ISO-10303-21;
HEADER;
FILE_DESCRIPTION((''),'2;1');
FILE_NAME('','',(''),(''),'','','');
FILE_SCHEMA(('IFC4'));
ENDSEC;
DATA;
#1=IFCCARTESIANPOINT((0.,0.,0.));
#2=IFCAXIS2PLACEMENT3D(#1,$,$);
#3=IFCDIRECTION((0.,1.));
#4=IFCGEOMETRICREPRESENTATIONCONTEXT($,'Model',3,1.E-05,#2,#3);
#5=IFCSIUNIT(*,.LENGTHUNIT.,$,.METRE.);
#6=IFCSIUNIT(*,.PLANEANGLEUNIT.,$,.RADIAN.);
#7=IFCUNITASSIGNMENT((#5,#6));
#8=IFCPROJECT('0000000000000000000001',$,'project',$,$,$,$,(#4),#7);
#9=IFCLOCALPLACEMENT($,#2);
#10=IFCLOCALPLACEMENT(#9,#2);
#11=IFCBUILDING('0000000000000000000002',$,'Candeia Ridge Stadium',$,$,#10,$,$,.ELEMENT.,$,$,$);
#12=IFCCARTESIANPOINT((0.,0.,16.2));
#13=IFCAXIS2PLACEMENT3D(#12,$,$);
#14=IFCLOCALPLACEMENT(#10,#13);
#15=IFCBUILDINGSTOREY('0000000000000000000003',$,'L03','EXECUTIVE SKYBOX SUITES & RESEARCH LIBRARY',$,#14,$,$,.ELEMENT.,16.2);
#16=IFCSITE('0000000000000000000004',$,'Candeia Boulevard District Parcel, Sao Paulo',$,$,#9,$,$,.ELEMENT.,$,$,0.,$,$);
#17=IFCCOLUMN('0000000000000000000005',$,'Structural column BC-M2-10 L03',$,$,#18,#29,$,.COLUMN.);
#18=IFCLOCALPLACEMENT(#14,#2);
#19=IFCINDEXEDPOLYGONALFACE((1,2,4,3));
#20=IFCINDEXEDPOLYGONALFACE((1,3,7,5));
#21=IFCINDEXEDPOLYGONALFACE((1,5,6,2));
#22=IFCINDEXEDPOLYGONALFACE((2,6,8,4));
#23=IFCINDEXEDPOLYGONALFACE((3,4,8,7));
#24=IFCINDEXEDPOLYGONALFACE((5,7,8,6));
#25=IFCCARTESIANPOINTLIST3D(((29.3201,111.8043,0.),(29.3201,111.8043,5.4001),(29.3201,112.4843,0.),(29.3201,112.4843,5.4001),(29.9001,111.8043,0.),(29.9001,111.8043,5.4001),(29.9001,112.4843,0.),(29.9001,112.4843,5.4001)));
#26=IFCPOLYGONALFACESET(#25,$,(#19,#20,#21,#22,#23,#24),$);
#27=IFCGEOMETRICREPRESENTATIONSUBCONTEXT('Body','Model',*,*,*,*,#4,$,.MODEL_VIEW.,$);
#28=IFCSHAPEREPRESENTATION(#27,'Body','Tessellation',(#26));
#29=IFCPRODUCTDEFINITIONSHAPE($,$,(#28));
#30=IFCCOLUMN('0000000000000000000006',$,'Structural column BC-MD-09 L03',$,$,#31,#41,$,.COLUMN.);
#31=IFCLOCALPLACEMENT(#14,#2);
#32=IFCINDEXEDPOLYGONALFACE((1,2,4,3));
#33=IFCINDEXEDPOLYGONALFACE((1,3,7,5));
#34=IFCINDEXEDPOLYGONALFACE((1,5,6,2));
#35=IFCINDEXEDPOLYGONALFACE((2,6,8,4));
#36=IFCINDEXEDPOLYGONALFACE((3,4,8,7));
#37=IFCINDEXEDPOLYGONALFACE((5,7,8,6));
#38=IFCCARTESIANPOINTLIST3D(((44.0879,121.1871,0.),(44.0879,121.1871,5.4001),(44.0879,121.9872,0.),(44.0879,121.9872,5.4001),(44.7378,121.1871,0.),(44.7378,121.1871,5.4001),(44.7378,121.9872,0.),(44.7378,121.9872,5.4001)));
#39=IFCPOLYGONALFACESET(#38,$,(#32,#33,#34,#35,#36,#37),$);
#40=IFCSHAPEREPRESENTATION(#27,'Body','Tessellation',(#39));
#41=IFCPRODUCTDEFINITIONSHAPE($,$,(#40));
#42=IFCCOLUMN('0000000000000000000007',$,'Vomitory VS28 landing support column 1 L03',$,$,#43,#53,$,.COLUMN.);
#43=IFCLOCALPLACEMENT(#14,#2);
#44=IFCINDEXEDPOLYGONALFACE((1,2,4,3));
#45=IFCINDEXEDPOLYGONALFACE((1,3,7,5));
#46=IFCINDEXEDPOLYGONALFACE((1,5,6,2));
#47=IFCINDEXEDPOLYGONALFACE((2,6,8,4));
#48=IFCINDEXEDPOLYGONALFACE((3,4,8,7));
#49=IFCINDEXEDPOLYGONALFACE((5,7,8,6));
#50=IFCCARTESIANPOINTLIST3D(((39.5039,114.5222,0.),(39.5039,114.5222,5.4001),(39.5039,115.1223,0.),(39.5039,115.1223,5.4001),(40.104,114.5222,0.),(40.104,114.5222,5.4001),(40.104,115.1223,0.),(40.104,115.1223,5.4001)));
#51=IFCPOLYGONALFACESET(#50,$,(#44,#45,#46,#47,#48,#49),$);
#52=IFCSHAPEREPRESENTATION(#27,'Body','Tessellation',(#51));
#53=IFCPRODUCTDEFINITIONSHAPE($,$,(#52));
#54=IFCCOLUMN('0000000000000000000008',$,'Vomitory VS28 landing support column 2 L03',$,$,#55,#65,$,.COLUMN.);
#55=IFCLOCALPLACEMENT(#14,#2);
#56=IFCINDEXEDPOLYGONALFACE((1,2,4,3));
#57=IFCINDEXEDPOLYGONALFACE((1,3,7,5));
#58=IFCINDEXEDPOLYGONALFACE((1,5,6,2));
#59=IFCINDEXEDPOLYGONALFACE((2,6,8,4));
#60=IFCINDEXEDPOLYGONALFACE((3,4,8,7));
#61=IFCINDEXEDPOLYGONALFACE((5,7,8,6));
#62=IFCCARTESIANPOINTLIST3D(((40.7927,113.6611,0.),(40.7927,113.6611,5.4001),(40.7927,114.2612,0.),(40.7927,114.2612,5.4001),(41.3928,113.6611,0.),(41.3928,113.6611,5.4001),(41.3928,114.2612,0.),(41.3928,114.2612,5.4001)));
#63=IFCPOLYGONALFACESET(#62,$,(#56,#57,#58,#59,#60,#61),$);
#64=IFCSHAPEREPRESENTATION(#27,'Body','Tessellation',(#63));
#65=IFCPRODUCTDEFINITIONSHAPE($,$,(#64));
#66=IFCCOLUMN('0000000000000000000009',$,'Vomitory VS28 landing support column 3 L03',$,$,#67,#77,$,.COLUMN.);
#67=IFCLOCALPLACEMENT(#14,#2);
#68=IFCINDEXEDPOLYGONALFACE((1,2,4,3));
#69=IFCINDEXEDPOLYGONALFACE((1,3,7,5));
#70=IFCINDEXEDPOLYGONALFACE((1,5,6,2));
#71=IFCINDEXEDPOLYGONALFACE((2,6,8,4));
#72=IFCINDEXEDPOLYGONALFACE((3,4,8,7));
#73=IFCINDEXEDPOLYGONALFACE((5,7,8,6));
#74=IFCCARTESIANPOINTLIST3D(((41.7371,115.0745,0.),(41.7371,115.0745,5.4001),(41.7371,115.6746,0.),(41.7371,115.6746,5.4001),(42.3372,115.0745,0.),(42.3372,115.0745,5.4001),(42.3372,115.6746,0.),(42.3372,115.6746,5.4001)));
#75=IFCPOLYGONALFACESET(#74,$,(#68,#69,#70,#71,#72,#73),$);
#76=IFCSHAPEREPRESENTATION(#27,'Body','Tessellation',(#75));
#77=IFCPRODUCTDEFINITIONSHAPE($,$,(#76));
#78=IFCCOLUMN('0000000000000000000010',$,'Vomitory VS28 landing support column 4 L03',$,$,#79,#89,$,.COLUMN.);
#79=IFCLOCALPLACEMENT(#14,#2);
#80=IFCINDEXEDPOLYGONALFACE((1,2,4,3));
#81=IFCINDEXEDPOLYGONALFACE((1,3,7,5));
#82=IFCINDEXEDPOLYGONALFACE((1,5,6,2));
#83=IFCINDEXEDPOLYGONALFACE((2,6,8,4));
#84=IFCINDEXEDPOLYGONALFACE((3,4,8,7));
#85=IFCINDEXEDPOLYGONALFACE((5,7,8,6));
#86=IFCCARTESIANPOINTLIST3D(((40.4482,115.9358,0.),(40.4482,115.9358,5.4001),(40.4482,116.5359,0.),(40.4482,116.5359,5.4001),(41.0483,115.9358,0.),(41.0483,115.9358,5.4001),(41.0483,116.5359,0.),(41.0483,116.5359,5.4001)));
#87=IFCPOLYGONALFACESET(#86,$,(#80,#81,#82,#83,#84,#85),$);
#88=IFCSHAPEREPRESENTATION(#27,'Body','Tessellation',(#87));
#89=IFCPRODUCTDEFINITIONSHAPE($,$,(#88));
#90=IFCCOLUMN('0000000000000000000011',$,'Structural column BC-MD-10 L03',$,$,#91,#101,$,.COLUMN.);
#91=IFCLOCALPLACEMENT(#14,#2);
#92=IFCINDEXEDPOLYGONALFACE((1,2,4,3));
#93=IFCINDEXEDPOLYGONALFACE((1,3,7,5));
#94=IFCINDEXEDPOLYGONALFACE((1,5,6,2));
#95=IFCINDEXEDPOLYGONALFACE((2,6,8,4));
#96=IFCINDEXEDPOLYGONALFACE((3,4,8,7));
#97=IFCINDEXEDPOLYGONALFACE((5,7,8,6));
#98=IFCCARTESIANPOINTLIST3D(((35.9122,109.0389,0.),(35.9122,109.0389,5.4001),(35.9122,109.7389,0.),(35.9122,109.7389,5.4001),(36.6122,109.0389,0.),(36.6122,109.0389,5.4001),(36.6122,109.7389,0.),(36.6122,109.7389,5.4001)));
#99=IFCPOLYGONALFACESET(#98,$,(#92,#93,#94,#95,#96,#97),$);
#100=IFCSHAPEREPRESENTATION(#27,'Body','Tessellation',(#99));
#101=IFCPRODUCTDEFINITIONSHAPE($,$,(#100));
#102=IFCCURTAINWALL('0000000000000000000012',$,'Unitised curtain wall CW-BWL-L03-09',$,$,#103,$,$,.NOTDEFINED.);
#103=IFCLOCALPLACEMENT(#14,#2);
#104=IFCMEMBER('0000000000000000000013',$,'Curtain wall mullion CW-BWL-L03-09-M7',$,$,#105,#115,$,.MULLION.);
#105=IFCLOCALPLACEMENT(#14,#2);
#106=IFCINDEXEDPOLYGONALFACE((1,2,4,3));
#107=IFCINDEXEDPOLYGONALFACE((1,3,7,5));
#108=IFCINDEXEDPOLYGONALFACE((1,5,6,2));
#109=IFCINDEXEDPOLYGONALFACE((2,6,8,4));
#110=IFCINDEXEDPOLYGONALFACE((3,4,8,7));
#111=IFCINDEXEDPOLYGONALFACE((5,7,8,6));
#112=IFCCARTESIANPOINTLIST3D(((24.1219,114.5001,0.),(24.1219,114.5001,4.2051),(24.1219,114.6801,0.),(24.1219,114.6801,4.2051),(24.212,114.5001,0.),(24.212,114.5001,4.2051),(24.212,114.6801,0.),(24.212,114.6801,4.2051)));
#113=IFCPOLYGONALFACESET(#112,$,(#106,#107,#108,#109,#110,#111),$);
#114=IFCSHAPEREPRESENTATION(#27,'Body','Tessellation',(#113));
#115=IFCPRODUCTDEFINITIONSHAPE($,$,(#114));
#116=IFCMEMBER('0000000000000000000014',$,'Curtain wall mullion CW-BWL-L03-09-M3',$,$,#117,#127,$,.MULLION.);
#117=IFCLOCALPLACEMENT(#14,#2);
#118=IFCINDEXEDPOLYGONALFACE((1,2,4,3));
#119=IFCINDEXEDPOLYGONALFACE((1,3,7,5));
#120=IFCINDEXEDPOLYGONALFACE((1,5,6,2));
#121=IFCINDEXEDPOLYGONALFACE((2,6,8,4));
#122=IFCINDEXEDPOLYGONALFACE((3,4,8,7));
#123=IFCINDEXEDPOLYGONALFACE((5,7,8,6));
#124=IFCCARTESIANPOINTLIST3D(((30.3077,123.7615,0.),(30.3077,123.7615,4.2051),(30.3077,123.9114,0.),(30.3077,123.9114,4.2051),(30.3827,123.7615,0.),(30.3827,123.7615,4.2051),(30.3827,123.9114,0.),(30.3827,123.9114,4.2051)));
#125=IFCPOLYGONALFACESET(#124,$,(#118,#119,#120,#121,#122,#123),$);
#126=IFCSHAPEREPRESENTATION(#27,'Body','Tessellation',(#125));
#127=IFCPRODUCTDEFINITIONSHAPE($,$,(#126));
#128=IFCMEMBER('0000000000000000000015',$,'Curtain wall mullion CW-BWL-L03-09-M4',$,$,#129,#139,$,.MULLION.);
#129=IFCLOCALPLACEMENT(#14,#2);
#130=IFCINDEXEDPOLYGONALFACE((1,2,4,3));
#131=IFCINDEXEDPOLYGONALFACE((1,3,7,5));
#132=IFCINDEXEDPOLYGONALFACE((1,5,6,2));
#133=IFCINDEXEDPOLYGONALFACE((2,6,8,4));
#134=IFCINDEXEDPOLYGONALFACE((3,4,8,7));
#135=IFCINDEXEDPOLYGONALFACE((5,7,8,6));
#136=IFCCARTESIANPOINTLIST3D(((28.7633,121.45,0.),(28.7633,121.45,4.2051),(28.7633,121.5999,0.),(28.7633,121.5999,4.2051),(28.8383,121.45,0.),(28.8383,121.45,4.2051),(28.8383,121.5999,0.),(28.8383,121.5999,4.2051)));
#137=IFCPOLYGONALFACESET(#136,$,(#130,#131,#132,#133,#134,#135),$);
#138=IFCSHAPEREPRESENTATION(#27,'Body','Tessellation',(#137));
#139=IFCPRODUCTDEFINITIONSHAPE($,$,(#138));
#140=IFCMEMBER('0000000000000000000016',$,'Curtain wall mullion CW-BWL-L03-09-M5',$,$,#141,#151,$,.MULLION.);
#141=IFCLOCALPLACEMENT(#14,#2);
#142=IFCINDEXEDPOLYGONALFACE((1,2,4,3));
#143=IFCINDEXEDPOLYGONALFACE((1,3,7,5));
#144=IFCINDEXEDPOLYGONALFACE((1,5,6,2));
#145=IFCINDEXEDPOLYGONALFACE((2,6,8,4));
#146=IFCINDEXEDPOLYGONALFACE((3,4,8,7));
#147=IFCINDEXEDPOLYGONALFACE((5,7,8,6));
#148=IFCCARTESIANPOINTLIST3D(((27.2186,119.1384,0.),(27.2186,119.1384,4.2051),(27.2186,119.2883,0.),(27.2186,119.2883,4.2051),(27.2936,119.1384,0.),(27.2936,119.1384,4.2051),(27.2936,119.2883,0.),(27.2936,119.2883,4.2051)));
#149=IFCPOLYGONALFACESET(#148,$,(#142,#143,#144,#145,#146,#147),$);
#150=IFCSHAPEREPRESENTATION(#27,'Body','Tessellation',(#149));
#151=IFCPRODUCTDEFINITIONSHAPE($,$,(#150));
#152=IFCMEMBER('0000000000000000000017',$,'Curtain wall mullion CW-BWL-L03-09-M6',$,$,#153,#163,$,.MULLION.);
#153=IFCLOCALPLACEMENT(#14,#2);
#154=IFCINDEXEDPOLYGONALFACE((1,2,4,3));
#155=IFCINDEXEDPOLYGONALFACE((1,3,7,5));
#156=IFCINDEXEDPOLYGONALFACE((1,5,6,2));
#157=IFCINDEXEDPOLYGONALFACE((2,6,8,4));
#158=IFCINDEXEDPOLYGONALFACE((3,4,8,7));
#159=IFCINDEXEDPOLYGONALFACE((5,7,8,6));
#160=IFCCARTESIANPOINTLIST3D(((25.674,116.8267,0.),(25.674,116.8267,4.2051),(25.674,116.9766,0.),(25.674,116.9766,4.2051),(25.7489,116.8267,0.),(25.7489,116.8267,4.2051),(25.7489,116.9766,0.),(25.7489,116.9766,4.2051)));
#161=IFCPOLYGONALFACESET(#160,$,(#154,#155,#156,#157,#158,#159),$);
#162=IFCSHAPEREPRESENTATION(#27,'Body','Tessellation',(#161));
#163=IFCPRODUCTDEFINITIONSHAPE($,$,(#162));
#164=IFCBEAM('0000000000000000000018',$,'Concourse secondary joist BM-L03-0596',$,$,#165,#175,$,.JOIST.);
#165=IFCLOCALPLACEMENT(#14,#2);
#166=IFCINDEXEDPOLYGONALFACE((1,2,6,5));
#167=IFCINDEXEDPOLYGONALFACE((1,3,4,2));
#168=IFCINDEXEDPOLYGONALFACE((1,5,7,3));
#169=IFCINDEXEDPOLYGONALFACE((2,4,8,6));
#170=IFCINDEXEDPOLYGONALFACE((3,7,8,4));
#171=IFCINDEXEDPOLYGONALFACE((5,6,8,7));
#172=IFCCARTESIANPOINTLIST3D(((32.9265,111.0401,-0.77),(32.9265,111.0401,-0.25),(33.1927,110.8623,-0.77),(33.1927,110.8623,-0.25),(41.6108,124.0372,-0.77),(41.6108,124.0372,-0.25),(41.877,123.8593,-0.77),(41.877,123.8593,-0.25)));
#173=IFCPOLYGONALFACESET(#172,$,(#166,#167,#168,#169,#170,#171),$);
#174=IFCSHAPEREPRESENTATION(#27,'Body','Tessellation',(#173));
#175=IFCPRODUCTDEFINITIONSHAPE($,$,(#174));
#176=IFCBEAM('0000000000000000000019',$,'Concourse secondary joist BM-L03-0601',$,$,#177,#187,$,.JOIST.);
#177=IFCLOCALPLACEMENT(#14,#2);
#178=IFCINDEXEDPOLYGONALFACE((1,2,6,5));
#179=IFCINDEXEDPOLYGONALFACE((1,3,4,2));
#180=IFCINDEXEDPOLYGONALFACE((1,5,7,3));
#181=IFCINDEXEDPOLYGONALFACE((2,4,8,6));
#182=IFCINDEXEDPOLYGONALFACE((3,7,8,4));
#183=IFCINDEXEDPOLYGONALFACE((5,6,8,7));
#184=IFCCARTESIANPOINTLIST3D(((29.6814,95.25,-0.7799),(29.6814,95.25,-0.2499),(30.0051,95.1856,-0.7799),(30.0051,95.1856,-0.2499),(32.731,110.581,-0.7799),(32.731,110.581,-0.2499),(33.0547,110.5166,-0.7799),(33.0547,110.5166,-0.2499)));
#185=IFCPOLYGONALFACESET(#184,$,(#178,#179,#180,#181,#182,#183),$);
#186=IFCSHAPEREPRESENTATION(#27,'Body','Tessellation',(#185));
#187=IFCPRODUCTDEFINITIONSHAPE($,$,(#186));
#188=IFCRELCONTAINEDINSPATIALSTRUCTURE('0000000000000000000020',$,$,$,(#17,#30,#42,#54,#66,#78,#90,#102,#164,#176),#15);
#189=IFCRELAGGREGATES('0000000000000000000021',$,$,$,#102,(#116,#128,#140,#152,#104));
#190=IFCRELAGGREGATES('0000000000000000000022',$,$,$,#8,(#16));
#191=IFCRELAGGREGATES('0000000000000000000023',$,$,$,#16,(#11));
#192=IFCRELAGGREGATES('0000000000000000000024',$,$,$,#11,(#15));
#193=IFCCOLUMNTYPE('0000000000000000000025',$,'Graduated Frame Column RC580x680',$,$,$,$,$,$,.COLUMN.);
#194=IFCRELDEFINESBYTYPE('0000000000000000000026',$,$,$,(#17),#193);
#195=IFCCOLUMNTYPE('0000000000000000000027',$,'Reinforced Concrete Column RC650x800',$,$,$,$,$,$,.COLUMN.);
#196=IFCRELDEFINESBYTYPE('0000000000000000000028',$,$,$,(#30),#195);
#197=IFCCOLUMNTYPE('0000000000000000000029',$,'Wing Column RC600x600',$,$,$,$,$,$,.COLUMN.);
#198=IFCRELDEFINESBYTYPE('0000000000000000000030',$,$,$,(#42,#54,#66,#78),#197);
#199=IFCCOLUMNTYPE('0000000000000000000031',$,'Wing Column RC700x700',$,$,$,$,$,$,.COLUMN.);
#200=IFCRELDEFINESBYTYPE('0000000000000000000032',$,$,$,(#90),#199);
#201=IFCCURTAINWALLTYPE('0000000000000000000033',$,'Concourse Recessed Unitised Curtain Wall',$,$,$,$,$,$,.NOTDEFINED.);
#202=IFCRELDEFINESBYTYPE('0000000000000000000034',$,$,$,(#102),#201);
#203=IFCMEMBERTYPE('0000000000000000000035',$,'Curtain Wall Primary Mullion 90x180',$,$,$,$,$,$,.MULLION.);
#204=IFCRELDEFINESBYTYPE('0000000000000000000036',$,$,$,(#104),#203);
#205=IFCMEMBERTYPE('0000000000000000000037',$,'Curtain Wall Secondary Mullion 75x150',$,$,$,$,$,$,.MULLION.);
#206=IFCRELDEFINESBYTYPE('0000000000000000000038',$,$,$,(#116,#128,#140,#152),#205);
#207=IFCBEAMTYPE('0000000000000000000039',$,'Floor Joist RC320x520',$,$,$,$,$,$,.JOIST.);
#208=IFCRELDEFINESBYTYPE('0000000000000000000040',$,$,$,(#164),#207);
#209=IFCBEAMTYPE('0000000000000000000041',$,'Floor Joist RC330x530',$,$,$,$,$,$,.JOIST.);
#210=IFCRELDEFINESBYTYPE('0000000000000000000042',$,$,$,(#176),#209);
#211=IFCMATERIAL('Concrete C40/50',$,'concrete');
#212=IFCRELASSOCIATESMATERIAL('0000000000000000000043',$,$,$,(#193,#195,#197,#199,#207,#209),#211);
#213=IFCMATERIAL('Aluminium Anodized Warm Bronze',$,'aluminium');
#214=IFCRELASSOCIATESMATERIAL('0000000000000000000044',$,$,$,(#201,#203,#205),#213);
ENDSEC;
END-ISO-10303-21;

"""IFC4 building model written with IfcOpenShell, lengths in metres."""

from ifc_helpers import new_model, si_unit, direction, frame, origin, origin_2d, place, context, subcontext, project, spatial, rectangle, extrude, material, material_profile, profile_set, type_object, element, aggregate, save


model = new_model("IFC4")

# Units and contexts
model_context = context("Model", 3, precision=1e-05, world=origin(), true_north=direction((0.0, 1.0)))
body_context = subcontext(model_context, "Body", "Model", "MODEL_VIEW")
ifc_project = project(units=[si_unit("LENGTHUNIT", "METRE"), si_unit("PLANEANGLEUNIT", "RADIAN")], contexts=[model_context])

# Site, building, storey
site_placement = place(None, origin())
site = spatial("IfcSite", under=ifc_project, at=site_placement, Name="Candeia Boulevard District Parcel, Sao Paulo", CompositionType="ELEMENT", RefElevation=0.0)
building_placement = place(site_placement, origin())
building = spatial("IfcBuilding", under=site, at=building_placement, Name="Candeia Ridge Stadium", CompositionType="ELEMENT")
storey_placement = place(building_placement, frame((0.0, 0.0, 16.2)))
storey = spatial("IfcBuildingStorey", under=building, at=storey_placement, Name="L03", Description="EXECUTIVE SKYBOX SUITES & RESEARCH LIBRARY", CompositionType="ELEMENT", Elevation=16.2)

# Columns
ifc_material_1 = material(Name="Concrete C40/50", Category="concrete")
ifc_material_profile_1 = material_profile(ifc_material_1, rectangle(XDim=0.5801, YDim=0.6799, at=origin_2d()), Name="RC580x680", Category="concrete")
ifc_profile_set_1 = profile_set([ifc_material_profile_1], Name="Concrete C40/50")
column_type_1 = type_object("IfcColumnType", Name="Graduated Frame Column RC580x680", PredefinedType="COLUMN", material=ifc_profile_set_1)
column_1_placement = place(storey_placement, frame((29.6101, 112.1443, 0.0), z_axis=(0.0, 0.0, 1.0), x_axis=(1.0, 0.0, 0.0)))
element("IfcColumn", 1, at=column_1_placement, inside=storey, type_object=column_type_1, Name="Structural column BC-M2-10 L03", PredefinedType="COLUMN", context=body_context, shape_type="SweptSolid", body=[
    extrude(rectangle(XDim=0.5801, YDim=0.6799, at=origin_2d()), origin(), (0.0, 0.0, 1.0), 5.4001),
])
ifc_material_profile_2 = material_profile(ifc_material_1, rectangle(XDim=0.6499, YDim=0.8, at=origin_2d()), Name="RC650x800", Category="concrete")
ifc_profile_set_2 = profile_set([ifc_material_profile_2], Name="Concrete C40/50")
column_type_2 = type_object("IfcColumnType", Name="Reinforced Concrete Column RC650x800", PredefinedType="COLUMN", material=ifc_profile_set_2)
column_2_placement = place(storey_placement, frame((44.4128, 121.5872, 0.0), z_axis=(0.0, 0.0, 1.0), x_axis=(1.0, 0.0, 0.0)))
element("IfcColumn", 2, at=column_2_placement, inside=storey, type_object=column_type_2, Name="Structural column BC-MD-09 L03", PredefinedType="COLUMN", context=body_context, shape_type="SweptSolid", body=[
    extrude(rectangle(XDim=0.6499, YDim=0.8, at=origin_2d()), origin(), (0.0, 0.0, 1.0), 5.4001),
])
ifc_material_profile_3 = material_profile(ifc_material_1, rectangle(XDim=0.6001, YDim=0.6001, at=origin_2d()), Name="RC600x600", Category="concrete")
ifc_profile_set_3 = profile_set([ifc_material_profile_3], Name="Concrete C40/50")
column_type_3 = type_object("IfcColumnType", Name="Wing Column RC600x600", PredefinedType="COLUMN", material=ifc_profile_set_3)
for number, where, z_axis, x_axis, name in (
    (3, (39.804, 114.8223, 0.0), (0.0, 0.0, 1.0), (1.0, 0.0, 0.0), "Vomitory VS28 landing support column 1 L03"),
    (4, (41.0928, 113.9612, 0.0), (0.0, 0.0, 1.0), (1.0, 0.0, 0.0), "Vomitory VS28 landing support column 2 L03"),
    (5, (42.0371, 115.3745, 0.0), (0.0, 0.0, 1.0), (1.0, 0.0, 0.0), "Vomitory VS28 landing support column 3 L03"),
    (6, (40.7483, 116.2358, 0.0), (0.0, 0.0, 1.0), (1.0, 0.0, 0.0), "Vomitory VS28 landing support column 4 L03"),
):
    element("IfcColumn", number, at=place(storey_placement, frame(where, z_axis=z_axis, x_axis=x_axis)), inside=storey, type_object=column_type_3, Name=name, PredefinedType="COLUMN", context=body_context, shape_type="SweptSolid", body=[
        extrude(rectangle(XDim=0.6001, YDim=0.6001, at=origin_2d()), origin(), (0.0, 0.0, 1.0), 5.4001),
    ])
ifc_material_profile_4 = material_profile(ifc_material_1, rectangle(XDim=0.7, YDim=0.7, at=origin_2d()), Name="RC700x700", Category="concrete")
ifc_profile_set_4 = profile_set([ifc_material_profile_4], Name="Concrete C40/50")
column_type_4 = type_object("IfcColumnType", Name="Wing Column RC700x700", PredefinedType="COLUMN", material=ifc_profile_set_4)
column_3_placement = place(storey_placement, frame((36.2622, 109.3889, 0.0), z_axis=(0.0, 0.0, 1.0), x_axis=(1.0, 0.0, 0.0)))
element("IfcColumn", 7, at=column_3_placement, inside=storey, type_object=column_type_4, Name="Structural column BC-MD-10 L03", PredefinedType="COLUMN", context=body_context, shape_type="SweptSolid", body=[
    extrude(rectangle(XDim=0.7, YDim=0.7, at=origin_2d()), origin(), (0.0, 0.0, 1.0), 5.4001),
])

# Curtain wall, members
ifc_material_2 = material(Name="Aluminium Anodized Warm Bronze", Category="aluminium")
curtain_wall_type = type_object("IfcCurtainWallType", Name="Concourse Recessed Unitised Curtain Wall", PredefinedType="NOTDEFINED", material=ifc_material_2)
curtain_wall_placement = place(storey_placement, origin())
curtain_wall = element("IfcCurtainWall", 8, at=curtain_wall_placement, inside=storey, type_object=curtain_wall_type, Name="Unitised curtain wall CW-BWL-L03-09", PredefinedType="NOTDEFINED")
ifc_material_profile_5 = material_profile(ifc_material_2, rectangle(XDim=0.0901, YDim=0.1799, at=origin_2d()), Name="CWM-90x180", Category="aluminium")
ifc_profile_set_5 = profile_set([ifc_material_profile_5], Name="Aluminium Anodized Warm Bronze")
member_type_1 = type_object("IfcMemberType", Name="Curtain Wall Primary Mullion 90x180", PredefinedType="MULLION", material=ifc_profile_set_5)
member_1_placement = place(storey_placement, frame((24.167, 114.5901, 0.0), z_axis=(0.0, 0.0, 1.0), x_axis=(1.0, 0.0, 0.0)))
member_1 = element("IfcMember", 9, at=member_1_placement, type_object=member_type_1, Name="Curtain wall mullion CW-BWL-L03-09-M7", PredefinedType="MULLION", context=body_context, shape_type="SweptSolid", body=[
    extrude(rectangle(XDim=0.0901, YDim=0.1799, at=origin_2d()), origin(), (0.0, 0.0, 1.0), 4.2051),
])
ifc_material_profile_6 = material_profile(ifc_material_2, rectangle(XDim=0.075, YDim=0.1499, at=origin_2d()), Name="CWM-75x150", Category="aluminium")
ifc_profile_set_6 = profile_set([ifc_material_profile_6], Name="Aluminium Anodized Warm Bronze")
member_type_2 = type_object("IfcMemberType", Name="Curtain Wall Secondary Mullion 75x150", PredefinedType="MULLION", material=ifc_profile_set_6)
member_2_placement = place(storey_placement, frame((30.3452, 123.8364, 0.0), z_axis=(0.0, 0.0, 1.0), x_axis=(1.0, 0.0, 0.0)))
member_2 = element("IfcMember", 10, at=member_2_placement, type_object=member_type_2, Name="Curtain wall mullion CW-BWL-L03-09-M3", PredefinedType="MULLION", context=body_context, shape_type="SweptSolid", body=[
    extrude(rectangle(XDim=0.075, YDim=0.1499, at=origin_2d()), origin(), (0.0, 0.0, 1.0), 4.2051),
])
member_3_placement = place(storey_placement, frame((28.8008, 121.5249, 0.0), z_axis=(0.0, 0.0, 1.0), x_axis=(1.0, 0.0, 0.0)))
member_3 = element("IfcMember", 11, at=member_3_placement, type_object=member_type_2, Name="Curtain wall mullion CW-BWL-L03-09-M4", PredefinedType="MULLION", context=body_context, shape_type="SweptSolid", body=[
    extrude(rectangle(XDim=0.075, YDim=0.1499, at=origin_2d()), origin(), (0.0, 0.0, 1.0), 4.2051),
])
member_4_placement = place(storey_placement, frame((27.2561, 119.2134, 0.0), z_axis=(0.0, 0.0, 1.0), x_axis=(1.0, 0.0, 0.0)))
member_4 = element("IfcMember", 12, at=member_4_placement, type_object=member_type_2, Name="Curtain wall mullion CW-BWL-L03-09-M5", PredefinedType="MULLION", context=body_context, shape_type="SweptSolid", body=[
    extrude(rectangle(XDim=0.075, YDim=0.1499, at=origin_2d()), origin(), (0.0, 0.0, 1.0), 4.2051),
])
member_5_placement = place(storey_placement, frame((25.7114, 116.9016, 0.0), z_axis=(0.0, 0.0, 1.0), x_axis=(1.0, 0.0, 0.0)))
member_5 = element("IfcMember", 13, at=member_5_placement, type_object=member_type_2, Name="Curtain wall mullion CW-BWL-L03-09-M6", PredefinedType="MULLION", context=body_context, shape_type="SweptSolid", body=[
    extrude(rectangle(XDim=0.075, YDim=0.1499, at=origin_2d()), origin(), (0.0, 0.0, 1.0), 4.2051),
])

# Beams
ifc_material_profile_7 = material_profile(ifc_material_1, rectangle(XDim=0.3201, YDim=0.52, at=origin_2d()), Name="RC320x520", Category="concrete")
ifc_profile_set_7 = profile_set([ifc_material_profile_7], Name="Concrete C40/50")
beam_type_1 = type_object("IfcBeamType", Name="Floor Joist RC320x520", PredefinedType="JOIST", material=ifc_profile_set_7)
beam_1_placement = place(storey_placement, frame((41.7439, 123.9482, -0.51), z_axis=(-0.555569, -0.831471, 0.0), x_axis=(0.831471, -0.555569, 0.0)))
element("IfcBeam", 14, at=beam_1_placement, inside=storey, type_object=beam_type_1, Name="Concourse secondary joist BM-L03-0596", PredefinedType="JOIST", context=body_context, shape_type="SweptSolid", body=[
    extrude(rectangle(XDim=0.3201, YDim=0.52, at=origin_2d()), origin(), (0.0, 0.0, 1.0), 15.6313),
])
ifc_material_profile_8 = material_profile(ifc_material_1, rectangle(XDim=0.3301, YDim=0.53, at=origin_2d()), Name="RC330x530", Category="concrete")
ifc_profile_set_8 = profile_set([ifc_material_profile_8], Name="Concrete C40/50")
beam_type_2 = type_object("IfcBeamType", Name="Floor Joist RC330x530", PredefinedType="JOIST", material=ifc_profile_set_8)
beam_2_placement = place(storey_placement, frame((32.8928, 110.5488, -0.5149), z_axis=(-0.195092, -0.980785, 0.0), x_axis=(0.980785, -0.195092, 0.0)))
element("IfcBeam", 15, at=beam_2_placement, inside=storey, type_object=beam_type_2, Name="Concourse secondary joist BM-L03-0601", PredefinedType="JOIST", context=body_context, shape_type="SweptSolid", body=[
    extrude(rectangle(XDim=0.3301, YDim=0.53, at=origin_2d()), origin(), (0.0, 0.0, 1.0), 15.6313),
])

aggregate(curtain_wall, [member_2, member_3, member_4, member_5, member_1])

save(model, "model.ifc")
